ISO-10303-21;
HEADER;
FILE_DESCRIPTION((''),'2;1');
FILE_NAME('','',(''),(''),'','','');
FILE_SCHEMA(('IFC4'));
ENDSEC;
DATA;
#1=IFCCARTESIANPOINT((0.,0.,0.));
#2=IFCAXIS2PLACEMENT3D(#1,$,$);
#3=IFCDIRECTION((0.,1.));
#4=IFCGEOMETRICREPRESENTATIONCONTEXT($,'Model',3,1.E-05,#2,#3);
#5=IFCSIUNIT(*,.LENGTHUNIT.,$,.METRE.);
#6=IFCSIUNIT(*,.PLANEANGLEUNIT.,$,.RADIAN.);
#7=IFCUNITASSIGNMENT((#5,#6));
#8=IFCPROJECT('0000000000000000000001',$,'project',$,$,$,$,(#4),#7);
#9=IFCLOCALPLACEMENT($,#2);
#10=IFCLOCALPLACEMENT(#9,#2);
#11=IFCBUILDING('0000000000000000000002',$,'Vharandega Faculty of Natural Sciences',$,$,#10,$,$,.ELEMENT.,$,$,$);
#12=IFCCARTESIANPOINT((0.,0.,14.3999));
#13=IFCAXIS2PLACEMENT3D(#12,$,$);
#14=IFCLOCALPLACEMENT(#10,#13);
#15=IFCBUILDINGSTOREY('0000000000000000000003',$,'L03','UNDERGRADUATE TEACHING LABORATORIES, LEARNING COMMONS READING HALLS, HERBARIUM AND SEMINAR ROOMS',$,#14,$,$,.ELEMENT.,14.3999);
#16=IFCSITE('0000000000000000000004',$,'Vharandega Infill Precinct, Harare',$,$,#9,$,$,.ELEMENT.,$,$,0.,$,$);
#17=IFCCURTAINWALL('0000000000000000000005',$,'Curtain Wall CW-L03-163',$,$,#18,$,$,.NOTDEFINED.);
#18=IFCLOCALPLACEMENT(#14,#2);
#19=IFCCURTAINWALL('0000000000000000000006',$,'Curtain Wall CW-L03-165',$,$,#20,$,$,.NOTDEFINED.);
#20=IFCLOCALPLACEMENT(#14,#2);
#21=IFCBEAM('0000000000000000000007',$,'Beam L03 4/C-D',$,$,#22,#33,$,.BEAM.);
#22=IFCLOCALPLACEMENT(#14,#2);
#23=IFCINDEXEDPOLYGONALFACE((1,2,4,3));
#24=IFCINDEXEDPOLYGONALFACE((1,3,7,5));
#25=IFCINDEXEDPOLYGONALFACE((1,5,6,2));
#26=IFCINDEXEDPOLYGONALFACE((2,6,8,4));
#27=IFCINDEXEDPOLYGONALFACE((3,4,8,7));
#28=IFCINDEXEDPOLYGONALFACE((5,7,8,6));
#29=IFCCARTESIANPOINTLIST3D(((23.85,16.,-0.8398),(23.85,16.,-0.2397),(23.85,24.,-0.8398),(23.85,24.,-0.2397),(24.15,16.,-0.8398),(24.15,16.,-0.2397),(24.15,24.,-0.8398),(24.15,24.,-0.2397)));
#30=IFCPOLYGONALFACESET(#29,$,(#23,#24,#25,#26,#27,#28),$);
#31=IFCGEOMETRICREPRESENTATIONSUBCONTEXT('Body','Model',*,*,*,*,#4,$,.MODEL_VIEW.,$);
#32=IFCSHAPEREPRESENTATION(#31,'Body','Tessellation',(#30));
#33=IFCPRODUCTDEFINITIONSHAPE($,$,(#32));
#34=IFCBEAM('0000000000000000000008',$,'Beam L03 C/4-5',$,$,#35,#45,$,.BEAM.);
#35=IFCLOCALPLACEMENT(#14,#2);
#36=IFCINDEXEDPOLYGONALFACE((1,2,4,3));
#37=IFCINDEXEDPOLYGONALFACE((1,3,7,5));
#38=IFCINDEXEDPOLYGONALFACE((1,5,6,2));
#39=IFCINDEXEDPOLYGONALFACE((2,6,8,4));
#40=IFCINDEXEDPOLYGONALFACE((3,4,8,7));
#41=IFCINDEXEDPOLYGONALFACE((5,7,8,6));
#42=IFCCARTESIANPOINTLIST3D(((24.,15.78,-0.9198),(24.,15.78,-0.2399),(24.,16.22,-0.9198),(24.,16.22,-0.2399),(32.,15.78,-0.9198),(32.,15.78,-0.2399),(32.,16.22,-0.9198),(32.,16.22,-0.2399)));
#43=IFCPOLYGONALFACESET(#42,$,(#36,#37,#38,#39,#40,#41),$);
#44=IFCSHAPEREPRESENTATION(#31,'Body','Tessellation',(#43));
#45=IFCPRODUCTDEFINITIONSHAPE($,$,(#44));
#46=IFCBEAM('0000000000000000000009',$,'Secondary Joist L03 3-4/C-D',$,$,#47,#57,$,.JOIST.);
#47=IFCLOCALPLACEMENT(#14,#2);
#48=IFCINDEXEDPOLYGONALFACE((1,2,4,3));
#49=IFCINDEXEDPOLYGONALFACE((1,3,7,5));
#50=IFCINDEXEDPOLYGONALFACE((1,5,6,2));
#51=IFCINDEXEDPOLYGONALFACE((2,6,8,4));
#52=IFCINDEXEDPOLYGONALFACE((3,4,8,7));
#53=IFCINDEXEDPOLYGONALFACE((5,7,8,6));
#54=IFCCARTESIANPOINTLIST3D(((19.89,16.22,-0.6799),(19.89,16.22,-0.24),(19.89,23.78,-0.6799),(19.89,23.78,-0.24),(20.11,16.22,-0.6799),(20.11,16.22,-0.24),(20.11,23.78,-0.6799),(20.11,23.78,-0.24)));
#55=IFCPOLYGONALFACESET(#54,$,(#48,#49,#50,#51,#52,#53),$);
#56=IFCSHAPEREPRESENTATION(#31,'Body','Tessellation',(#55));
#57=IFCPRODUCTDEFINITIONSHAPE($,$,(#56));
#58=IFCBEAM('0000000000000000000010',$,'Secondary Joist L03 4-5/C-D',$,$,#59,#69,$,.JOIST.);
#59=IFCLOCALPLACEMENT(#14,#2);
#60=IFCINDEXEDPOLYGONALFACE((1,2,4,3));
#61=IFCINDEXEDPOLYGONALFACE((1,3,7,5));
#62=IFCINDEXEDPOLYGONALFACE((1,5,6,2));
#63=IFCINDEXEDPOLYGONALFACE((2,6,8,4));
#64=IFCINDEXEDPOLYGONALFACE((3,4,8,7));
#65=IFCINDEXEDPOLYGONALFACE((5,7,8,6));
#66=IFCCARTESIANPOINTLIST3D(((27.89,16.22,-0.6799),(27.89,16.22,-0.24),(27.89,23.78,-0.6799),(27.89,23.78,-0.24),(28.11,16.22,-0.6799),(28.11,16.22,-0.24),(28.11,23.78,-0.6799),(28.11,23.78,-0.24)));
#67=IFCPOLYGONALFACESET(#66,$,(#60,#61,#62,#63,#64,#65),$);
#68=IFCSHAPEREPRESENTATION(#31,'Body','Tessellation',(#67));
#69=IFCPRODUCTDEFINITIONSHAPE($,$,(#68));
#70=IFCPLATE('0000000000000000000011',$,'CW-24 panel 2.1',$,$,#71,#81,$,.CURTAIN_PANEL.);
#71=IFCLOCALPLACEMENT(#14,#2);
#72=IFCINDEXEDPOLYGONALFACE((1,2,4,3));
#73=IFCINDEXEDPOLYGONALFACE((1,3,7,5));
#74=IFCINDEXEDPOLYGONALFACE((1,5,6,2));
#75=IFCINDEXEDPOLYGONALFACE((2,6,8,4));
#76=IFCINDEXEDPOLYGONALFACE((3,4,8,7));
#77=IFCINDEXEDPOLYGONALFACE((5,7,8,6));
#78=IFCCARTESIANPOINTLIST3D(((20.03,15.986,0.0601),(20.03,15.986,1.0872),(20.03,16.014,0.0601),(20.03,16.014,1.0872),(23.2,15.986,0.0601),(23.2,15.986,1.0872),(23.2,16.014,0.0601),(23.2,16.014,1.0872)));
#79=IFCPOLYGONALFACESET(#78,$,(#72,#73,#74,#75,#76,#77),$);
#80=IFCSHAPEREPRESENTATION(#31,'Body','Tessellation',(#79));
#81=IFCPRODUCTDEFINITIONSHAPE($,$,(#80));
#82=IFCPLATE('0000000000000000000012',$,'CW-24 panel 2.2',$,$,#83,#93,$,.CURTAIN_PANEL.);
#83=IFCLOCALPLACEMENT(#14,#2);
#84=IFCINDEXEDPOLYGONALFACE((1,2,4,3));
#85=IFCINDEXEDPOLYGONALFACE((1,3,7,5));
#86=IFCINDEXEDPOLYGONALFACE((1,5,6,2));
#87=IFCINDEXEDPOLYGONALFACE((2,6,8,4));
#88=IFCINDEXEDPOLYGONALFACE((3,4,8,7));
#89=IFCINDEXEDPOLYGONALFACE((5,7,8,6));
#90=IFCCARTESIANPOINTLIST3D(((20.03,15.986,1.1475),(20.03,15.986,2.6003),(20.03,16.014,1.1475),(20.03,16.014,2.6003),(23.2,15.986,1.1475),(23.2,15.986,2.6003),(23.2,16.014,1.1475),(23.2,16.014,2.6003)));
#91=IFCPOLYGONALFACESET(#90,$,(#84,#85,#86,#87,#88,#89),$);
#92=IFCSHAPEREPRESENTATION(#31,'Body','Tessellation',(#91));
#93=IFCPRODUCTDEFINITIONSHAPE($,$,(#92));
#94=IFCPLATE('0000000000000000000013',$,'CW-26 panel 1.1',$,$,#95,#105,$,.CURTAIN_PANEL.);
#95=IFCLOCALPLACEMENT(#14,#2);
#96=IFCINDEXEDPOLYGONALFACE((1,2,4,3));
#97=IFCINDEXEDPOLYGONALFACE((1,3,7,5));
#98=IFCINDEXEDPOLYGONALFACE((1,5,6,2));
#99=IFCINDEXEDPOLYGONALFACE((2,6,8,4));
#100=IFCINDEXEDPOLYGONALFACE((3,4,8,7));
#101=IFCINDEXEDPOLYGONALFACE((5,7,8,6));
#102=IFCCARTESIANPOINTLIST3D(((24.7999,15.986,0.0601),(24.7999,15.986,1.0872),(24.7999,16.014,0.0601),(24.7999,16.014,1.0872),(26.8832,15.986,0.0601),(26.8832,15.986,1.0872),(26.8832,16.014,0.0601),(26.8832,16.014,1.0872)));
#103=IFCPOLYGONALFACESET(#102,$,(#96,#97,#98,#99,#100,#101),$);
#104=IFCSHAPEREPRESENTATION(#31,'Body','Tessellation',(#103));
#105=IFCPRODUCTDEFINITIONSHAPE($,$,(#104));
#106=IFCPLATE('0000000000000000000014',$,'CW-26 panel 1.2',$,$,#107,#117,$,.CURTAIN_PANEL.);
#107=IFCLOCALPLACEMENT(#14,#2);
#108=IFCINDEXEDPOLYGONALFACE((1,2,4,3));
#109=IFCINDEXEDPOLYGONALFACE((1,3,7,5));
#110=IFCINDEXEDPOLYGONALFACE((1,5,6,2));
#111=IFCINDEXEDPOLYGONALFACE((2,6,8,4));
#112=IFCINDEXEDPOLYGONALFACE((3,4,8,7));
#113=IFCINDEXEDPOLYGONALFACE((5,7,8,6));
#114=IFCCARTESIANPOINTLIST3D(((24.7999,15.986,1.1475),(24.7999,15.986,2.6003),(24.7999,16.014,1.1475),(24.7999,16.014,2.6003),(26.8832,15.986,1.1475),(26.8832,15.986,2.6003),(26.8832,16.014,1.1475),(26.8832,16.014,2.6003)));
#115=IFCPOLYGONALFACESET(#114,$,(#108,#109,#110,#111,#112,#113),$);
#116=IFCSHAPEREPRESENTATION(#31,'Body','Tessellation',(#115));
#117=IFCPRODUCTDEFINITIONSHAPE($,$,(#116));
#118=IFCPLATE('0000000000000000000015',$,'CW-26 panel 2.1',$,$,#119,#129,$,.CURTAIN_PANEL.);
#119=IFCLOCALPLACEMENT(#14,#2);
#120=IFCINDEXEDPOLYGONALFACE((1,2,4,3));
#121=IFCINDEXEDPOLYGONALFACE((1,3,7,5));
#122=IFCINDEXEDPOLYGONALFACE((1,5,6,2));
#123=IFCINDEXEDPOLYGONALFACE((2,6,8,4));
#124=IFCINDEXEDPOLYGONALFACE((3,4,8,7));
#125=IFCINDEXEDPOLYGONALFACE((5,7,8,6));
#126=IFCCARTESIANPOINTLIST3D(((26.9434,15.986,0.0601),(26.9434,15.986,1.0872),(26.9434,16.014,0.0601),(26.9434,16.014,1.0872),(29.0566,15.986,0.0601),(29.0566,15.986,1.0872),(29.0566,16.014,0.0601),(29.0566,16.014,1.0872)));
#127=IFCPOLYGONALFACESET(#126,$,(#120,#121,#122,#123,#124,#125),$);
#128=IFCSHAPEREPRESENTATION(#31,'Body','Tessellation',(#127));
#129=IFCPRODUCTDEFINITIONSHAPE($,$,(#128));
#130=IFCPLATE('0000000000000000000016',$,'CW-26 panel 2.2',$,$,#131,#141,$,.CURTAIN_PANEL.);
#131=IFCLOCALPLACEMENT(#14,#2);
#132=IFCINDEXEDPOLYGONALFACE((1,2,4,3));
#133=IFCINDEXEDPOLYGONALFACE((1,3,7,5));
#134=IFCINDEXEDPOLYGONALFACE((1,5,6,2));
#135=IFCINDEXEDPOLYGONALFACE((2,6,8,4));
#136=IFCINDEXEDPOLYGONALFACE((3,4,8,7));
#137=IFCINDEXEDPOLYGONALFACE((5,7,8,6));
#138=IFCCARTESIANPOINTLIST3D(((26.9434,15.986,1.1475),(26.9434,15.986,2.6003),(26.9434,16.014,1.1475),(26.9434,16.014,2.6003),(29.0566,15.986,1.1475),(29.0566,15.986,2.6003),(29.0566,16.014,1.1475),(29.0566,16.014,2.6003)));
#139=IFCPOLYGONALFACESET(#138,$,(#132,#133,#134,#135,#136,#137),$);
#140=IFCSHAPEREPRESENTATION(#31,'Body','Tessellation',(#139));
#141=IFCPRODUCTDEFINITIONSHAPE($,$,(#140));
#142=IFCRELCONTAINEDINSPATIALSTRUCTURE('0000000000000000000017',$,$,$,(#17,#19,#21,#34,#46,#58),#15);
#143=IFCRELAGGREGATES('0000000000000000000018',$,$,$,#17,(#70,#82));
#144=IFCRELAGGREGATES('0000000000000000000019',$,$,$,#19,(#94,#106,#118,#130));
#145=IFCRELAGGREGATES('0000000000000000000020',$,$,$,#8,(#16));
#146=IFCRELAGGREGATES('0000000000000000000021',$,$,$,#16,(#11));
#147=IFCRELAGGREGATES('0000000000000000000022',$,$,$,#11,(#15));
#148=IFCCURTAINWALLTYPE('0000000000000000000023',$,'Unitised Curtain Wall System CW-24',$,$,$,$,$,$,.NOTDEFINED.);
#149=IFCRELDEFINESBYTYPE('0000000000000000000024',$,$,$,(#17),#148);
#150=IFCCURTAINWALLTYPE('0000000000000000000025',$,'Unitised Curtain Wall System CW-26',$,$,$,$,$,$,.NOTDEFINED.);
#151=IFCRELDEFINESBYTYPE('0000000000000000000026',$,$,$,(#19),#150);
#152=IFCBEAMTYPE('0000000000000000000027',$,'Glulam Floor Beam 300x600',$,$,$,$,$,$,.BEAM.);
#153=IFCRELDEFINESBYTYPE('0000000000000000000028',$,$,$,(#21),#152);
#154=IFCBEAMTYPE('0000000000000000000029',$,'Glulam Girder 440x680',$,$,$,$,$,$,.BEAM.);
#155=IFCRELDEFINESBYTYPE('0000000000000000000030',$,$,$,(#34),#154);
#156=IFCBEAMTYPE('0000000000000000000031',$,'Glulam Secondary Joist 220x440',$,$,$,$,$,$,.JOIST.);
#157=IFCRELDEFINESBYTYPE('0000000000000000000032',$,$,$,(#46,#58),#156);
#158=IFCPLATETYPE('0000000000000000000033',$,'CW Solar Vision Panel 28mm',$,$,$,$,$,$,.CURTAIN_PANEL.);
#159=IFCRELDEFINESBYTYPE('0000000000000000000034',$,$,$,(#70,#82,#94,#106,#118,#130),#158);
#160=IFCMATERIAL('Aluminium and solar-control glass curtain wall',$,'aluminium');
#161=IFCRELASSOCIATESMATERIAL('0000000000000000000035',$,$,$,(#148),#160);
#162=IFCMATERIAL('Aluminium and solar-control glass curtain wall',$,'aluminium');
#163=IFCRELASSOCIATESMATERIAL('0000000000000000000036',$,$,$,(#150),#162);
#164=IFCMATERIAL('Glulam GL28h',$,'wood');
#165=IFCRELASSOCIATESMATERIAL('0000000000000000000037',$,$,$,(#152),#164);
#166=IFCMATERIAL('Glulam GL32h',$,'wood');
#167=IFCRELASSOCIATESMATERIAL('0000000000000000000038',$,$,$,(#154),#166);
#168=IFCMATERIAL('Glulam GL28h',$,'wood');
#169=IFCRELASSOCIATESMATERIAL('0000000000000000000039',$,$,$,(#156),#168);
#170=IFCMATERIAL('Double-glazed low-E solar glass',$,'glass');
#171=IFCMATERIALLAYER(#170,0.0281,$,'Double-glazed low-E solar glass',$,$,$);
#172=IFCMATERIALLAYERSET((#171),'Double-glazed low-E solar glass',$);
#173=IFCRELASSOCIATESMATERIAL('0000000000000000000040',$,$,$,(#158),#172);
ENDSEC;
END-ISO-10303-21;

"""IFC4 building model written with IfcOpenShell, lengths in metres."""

from ifc_helpers import new_model, si_unit, direction, frame, origin, origin_2d, place, context, subcontext, project, spatial, rectangle, extrude, material, layer, layer_set, material_profile, profile_set, type_object, element, aggregate, save


model = new_model("IFC4")

# Units and contexts
model_context = context("Model", 3, precision=1e-05, world=origin(), true_north=direction((0.0, 1.0)))
body_context = subcontext(model_context, "Body", "Model", "MODEL_VIEW")
ifc_project = project(units=[si_unit("LENGTHUNIT", "METRE"), si_unit("PLANEANGLEUNIT", "RADIAN")], contexts=[model_context])

# Site, building, storey
site_placement = place(None, origin())
site = spatial("IfcSite", under=ifc_project, at=site_placement, Name="Vharandega Infill Precinct, Harare", CompositionType="ELEMENT", RefElevation=0.0)
building_placement = place(site_placement, origin())
building = spatial("IfcBuilding", under=site, at=building_placement, Name="Vharandega Faculty of Natural Sciences", CompositionType="ELEMENT")
storey_placement = place(building_placement, frame((0.0, 0.0, 14.3999)))
storey = spatial("IfcBuildingStorey", under=building, at=storey_placement, Name="L03", Description="UNDERGRADUATE TEACHING LABORATORIES, LEARNING COMMONS READING HALLS, HERBARIUM AND SEMINAR ROOMS", CompositionType="ELEMENT", Elevation=14.3999)

# Curtain walls
ifc_material_1 = material(Name="Aluminium and solar-control glass curtain wall", Category="aluminium")
curtain_wall_type_1 = type_object("IfcCurtainWallType", Name="Unitised Curtain Wall System CW-24", PredefinedType="NOTDEFINED", material=ifc_material_1)
curtain_wall_1_placement = place(storey_placement, origin())
curtain_wall_1 = element("IfcCurtainWall", 1, at=curtain_wall_1_placement, inside=storey, type_object=curtain_wall_type_1, Name="Curtain Wall CW-L03-163", PredefinedType="NOTDEFINED")
ifc_material_2 = material(Name="Aluminium and solar-control glass curtain wall", Category="aluminium")
curtain_wall_type_2 = type_object("IfcCurtainWallType", Name="Unitised Curtain Wall System CW-26", PredefinedType="NOTDEFINED", material=ifc_material_2)
curtain_wall_2_placement = place(storey_placement, origin())
curtain_wall_2 = element("IfcCurtainWall", 2, at=curtain_wall_2_placement, inside=storey, type_object=curtain_wall_type_2, Name="Curtain Wall CW-L03-165", PredefinedType="NOTDEFINED")

# Beams
ifc_material_3 = material(Name="Glulam GL28h", Category="wood")
ifc_material_profile_1 = material_profile(ifc_material_3, rectangle(XDim=0.3, YDim=0.6001, at=origin_2d()), Name="GL28h 300x600")
ifc_profile_set_1 = profile_set([ifc_material_profile_1], Name="Glulam GL28h")
beam_type_1 = type_object("IfcBeamType", Name="Glulam Floor Beam 300x600", PredefinedType="BEAM", material=ifc_profile_set_1)
beam_1_placement = place(storey_placement, frame((24.0, 16.0, -0.5398), z_axis=(0.0, 1.0, 0.0), x_axis=(-1.0, 0.0, 0.0)))
element("IfcBeam", 3, at=beam_1_placement, inside=storey, type_object=beam_type_1, Name="Beam L03 4/C-D", PredefinedType="BEAM", context=body_context, shape_type="SweptSolid", body=[
    extrude(rectangle(XDim=0.3, YDim=0.6001, at=origin_2d()), origin(), (0.0, 0.0, 1.0), 8.0),
])
ifc_material_4 = material(Name="Glulam GL32h", Category="wood")
ifc_material_profile_2 = material_profile(ifc_material_4, rectangle(XDim=0.4399, YDim=0.6799, at=origin_2d()), Name="GL32h 440x680")
ifc_profile_set_2 = profile_set([ifc_material_profile_2], Name="Glulam GL32h")
beam_type_2 = type_object("IfcBeamType", Name="Glulam Girder 440x680", PredefinedType="BEAM", material=ifc_profile_set_2)
beam_2_placement = place(storey_placement, frame((24.0, 16.0, -0.5798), z_axis=(1.0, 0.0, 0.0), x_axis=(0.0, 1.0, 0.0)))
element("IfcBeam", 4, at=beam_2_placement, inside=storey, type_object=beam_type_2, Name="Beam L03 C/4-5", PredefinedType="BEAM", context=body_context, shape_type="SweptSolid", body=[
    extrude(rectangle(XDim=0.4399, YDim=0.6799, at=origin_2d()), origin(), (0.0, 0.0, 1.0), 8.0),
])
ifc_material_5 = material(Name="Glulam GL28h", Category="wood")
ifc_material_profile_3 = material_profile(ifc_material_5, rectangle(XDim=0.22, YDim=0.4399, at=origin_2d()), Name="GL28h 220x440")
ifc_profile_set_3 = profile_set([ifc_material_profile_3], Name="Glulam GL28h")
beam_type_3 = type_object("IfcBeamType", Name="Glulam Secondary Joist 220x440", PredefinedType="JOIST", material=ifc_profile_set_3)
for number, where, z_axis, x_axis, name in (
    (5, (20.0, 16.22, -0.46), (0.0, 1.0, 0.0), (-1.0, 0.0, 0.0), "Secondary Joist L03 3-4/C-D"),
    (6, (28.0, 16.22, -0.46), (0.0, 1.0, 0.0), (-1.0, 0.0, 0.0), "Secondary Joist L03 4-5/C-D"),
):
    element("IfcBeam", number, at=place(storey_placement, frame(where, z_axis=z_axis, x_axis=x_axis)), inside=storey, type_object=beam_type_3, Name=name, PredefinedType="JOIST", context=body_context, shape_type="SweptSolid", body=[
        extrude(rectangle(XDim=0.22, YDim=0.4399, at=origin_2d()), origin(), (0.0, 0.0, 1.0), 7.5601),
    ])

# Plates
ifc_material_6 = material(Name="Double-glazed low-E solar glass", Category="glass")
ifc_layer = layer(ifc_material_6, 0.0281, Name="Double-glazed low-E solar glass")
ifc_layer_set = layer_set([ifc_layer], Name="Double-glazed low-E solar glass")
plate_type = type_object("IfcPlateType", Name="CW Solar Vision Panel 28mm", PredefinedType="CURTAIN_PANEL", material=ifc_layer_set)
plate_1_placement = place(storey_placement, frame((21.615, 16.0, 0.0601), z_axis=(0.0, 0.0, 1.0), x_axis=(1.0, 0.0, 0.0)))
plate_1 = element("IfcPlate", 7, at=plate_1_placement, type_object=plate_type, Name="CW-24 panel 2.1", PredefinedType="CURTAIN_PANEL", context=body_context, shape_type="SweptSolid", body=[
    extrude(rectangle(XDim=3.1699, YDim=0.0281, at=origin_2d()), origin(), (0.0, 0.0, 1.0), 1.0271),
])
plate_2_placement = place(storey_placement, frame((21.615, 16.0, 1.1475), z_axis=(0.0, 0.0, 1.0), x_axis=(1.0, 0.0, 0.0)))
plate_2 = element("IfcPlate", 8, at=plate_2_placement, type_object=plate_type, Name="CW-24 panel 2.2", PredefinedType="CURTAIN_PANEL", context=body_context, shape_type="SweptSolid", body=[
    extrude(rectangle(XDim=3.1699, YDim=0.0281, at=origin_2d()), origin(), (0.0, 0.0, 1.0), 1.4529),
])
aggregate(curtain_wall_1, [plate_1, plate_2])
plate_3_placement = place(storey_placement, frame((25.8416, 16.0, 0.0601), z_axis=(0.0, 0.0, 1.0), x_axis=(1.0, 0.0, 0.0)))
plate_3 = element("IfcPlate", 9, at=plate_3_placement, type_object=plate_type, Name="CW-26 panel 1.1", PredefinedType="CURTAIN_PANEL", context=body_context, shape_type="SweptSolid", body=[
    extrude(rectangle(XDim=2.0833, YDim=0.0281, at=origin_2d()), origin(), (0.0, 0.0, 1.0), 1.0271),
])
plate_4_placement = place(storey_placement, frame((25.8416, 16.0, 1.1475), z_axis=(0.0, 0.0, 1.0), x_axis=(1.0, 0.0, 0.0)))
plate_4 = element("IfcPlate", 10, at=plate_4_placement, type_object=plate_type, Name="CW-26 panel 1.2", PredefinedType="CURTAIN_PANEL", context=body_context, shape_type="SweptSolid", body=[
    extrude(rectangle(XDim=2.0833, YDim=0.0281, at=origin_2d()), origin(), (0.0, 0.0, 1.0), 1.4529),
])
plate_5_placement = place(storey_placement, frame((28.0, 16.0, 0.0601), z_axis=(0.0, 0.0, 1.0), x_axis=(1.0, 0.0, 0.0)))
plate_5 = element("IfcPlate", 11, at=plate_5_placement, type_object=plate_type, Name="CW-26 panel 2.1", PredefinedType="CURTAIN_PANEL", context=body_context, shape_type="SweptSolid", body=[
    extrude(rectangle(XDim=2.1133, YDim=0.0281, at=origin_2d()), origin(), (0.0, 0.0, 1.0), 1.0271),
])
plate_6_placement = place(storey_placement, frame((28.0, 16.0, 1.1475), z_axis=(0.0, 0.0, 1.0), x_axis=(1.0, 0.0, 0.0)))
plate_6 = element("IfcPlate", 12, at=plate_6_placement, type_object=plate_type, Name="CW-26 panel 2.2", PredefinedType="CURTAIN_PANEL", context=body_context, shape_type="SweptSolid", body=[
    extrude(rectangle(XDim=2.1133, YDim=0.0281, at=origin_2d()), origin(), (0.0, 0.0, 1.0), 1.4529),
])
aggregate(curtain_wall_2, [plate_3, plate_4, plate_5, plate_6])

save(model, "model.ifc")
